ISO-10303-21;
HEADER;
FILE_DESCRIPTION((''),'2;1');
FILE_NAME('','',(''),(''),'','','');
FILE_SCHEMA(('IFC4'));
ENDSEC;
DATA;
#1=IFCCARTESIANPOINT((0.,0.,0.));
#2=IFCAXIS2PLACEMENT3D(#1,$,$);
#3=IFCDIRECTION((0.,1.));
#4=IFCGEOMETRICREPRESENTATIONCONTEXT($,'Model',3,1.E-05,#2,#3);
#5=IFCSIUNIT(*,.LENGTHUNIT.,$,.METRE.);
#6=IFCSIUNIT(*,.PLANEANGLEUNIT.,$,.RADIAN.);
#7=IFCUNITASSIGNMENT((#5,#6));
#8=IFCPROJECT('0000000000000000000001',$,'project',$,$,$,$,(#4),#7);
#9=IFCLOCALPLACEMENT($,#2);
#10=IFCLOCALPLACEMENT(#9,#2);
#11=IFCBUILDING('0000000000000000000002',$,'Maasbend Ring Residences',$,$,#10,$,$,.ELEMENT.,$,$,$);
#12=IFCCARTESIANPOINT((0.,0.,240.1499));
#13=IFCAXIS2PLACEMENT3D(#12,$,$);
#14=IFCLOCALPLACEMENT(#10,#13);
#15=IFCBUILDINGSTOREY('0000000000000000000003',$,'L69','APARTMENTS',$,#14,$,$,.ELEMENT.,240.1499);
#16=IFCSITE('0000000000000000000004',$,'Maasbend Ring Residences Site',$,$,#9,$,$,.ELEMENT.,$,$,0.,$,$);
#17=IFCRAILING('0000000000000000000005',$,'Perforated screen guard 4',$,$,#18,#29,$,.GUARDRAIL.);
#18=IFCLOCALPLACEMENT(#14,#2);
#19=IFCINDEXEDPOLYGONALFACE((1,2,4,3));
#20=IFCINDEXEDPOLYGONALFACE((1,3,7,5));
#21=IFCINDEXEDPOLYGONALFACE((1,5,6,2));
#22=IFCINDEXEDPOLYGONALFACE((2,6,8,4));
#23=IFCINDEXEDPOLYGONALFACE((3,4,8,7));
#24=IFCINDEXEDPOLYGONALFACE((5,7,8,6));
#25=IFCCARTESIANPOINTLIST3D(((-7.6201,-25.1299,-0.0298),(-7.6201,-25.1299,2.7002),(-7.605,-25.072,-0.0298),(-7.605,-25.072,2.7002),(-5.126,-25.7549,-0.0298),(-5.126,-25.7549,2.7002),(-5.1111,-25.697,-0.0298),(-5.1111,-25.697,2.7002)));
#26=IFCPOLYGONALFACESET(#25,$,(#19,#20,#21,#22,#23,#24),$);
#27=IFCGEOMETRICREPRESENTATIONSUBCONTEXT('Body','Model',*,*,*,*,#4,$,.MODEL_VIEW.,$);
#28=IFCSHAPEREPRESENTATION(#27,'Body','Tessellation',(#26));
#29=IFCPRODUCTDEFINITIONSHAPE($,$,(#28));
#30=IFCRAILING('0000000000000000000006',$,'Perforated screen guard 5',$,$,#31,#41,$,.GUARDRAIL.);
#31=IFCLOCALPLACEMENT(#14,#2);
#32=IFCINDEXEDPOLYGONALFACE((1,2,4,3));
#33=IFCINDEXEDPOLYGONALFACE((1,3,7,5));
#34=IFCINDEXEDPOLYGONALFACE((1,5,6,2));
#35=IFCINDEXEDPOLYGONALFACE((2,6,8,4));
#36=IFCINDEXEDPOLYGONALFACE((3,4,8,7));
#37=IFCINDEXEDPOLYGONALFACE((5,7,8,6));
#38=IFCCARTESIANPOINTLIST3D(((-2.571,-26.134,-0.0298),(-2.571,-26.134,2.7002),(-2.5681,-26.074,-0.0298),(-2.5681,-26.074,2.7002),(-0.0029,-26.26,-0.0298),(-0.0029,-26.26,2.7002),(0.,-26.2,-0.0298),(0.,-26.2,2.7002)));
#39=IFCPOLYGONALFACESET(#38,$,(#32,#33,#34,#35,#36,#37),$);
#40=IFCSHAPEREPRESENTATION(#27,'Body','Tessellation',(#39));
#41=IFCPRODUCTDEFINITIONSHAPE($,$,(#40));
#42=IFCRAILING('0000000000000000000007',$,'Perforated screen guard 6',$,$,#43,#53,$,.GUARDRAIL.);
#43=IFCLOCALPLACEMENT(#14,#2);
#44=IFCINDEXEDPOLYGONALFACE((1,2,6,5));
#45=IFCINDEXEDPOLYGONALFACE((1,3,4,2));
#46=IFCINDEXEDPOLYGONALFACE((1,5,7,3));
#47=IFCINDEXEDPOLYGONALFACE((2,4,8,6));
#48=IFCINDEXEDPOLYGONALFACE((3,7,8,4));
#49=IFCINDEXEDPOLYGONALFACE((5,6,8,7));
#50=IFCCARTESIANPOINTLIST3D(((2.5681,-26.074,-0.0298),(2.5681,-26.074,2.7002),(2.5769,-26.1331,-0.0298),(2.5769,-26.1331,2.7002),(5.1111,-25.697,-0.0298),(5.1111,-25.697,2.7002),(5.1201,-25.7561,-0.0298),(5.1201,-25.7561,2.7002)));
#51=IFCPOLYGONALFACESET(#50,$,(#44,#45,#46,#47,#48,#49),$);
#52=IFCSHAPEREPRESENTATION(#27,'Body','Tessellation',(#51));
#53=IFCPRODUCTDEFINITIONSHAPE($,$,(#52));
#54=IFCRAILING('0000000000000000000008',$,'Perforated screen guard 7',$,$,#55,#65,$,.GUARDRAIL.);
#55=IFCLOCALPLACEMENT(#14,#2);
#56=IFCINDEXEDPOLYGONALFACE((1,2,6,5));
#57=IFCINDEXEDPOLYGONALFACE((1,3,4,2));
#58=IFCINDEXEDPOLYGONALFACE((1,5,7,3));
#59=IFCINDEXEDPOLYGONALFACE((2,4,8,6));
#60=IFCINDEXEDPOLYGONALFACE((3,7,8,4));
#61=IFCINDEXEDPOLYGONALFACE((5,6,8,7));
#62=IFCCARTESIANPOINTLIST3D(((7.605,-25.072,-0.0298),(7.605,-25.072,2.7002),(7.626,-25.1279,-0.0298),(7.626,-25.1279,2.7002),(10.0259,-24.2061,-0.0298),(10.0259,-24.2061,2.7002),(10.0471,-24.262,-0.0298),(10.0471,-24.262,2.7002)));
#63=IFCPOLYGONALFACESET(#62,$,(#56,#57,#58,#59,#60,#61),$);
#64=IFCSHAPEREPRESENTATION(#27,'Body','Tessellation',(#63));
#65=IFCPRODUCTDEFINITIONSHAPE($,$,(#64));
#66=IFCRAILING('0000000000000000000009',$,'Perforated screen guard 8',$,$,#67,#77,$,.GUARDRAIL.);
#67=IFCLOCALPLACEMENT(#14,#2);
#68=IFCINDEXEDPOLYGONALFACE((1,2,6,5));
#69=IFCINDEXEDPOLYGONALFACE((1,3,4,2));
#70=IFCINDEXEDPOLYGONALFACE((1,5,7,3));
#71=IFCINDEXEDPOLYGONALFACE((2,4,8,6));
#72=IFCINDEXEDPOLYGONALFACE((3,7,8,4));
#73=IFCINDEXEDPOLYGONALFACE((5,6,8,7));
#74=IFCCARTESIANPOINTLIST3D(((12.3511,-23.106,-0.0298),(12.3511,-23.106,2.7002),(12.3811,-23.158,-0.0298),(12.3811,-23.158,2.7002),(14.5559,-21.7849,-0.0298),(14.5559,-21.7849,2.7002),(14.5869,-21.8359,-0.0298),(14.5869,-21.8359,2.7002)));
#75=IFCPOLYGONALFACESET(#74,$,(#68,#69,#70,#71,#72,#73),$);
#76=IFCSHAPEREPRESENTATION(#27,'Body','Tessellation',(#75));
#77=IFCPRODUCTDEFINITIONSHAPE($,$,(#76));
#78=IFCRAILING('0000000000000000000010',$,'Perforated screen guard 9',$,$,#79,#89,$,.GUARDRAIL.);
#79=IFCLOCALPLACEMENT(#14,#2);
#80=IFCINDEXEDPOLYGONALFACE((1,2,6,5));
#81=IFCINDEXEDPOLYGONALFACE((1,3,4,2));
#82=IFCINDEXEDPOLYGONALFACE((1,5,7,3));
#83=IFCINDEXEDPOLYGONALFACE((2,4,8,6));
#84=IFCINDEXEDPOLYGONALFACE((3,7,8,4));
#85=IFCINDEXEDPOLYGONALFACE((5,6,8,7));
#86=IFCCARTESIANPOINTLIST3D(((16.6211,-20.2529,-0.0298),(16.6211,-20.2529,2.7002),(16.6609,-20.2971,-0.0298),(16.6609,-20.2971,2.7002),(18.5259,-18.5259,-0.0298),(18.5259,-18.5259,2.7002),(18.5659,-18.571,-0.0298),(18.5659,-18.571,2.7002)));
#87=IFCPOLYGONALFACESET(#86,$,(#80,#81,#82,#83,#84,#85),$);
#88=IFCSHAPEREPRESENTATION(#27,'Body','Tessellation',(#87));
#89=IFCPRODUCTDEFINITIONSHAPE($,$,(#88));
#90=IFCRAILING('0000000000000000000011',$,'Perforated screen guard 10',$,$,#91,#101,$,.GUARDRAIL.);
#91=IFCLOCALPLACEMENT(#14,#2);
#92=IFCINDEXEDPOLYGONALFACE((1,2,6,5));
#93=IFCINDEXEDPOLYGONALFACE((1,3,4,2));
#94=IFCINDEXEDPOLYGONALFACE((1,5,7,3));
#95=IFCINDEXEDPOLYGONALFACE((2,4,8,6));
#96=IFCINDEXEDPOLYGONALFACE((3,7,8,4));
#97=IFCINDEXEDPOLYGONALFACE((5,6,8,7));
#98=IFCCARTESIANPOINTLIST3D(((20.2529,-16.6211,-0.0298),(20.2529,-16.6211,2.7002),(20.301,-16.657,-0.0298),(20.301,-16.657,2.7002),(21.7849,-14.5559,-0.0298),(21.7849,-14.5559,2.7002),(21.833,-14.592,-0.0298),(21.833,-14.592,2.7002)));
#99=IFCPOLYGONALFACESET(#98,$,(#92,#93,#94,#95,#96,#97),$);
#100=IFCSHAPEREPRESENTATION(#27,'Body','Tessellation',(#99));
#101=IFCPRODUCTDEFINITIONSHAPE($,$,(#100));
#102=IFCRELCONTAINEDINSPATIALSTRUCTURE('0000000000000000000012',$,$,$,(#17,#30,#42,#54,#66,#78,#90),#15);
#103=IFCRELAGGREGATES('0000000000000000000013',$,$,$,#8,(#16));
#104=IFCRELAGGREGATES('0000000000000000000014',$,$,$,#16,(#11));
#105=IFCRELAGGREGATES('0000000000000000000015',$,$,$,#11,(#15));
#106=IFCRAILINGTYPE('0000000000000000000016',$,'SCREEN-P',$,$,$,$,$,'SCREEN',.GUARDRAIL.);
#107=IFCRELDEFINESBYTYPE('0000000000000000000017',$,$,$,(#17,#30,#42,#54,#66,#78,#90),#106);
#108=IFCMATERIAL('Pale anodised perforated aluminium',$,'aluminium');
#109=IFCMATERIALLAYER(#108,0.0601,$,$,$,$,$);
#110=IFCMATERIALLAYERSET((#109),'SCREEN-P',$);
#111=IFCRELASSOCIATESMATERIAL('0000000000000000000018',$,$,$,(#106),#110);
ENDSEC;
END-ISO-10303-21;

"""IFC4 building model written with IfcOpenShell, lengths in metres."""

from ifc_helpers import new_model, si_unit, direction, frame, origin, place, context, subcontext, project, spatial, polyline, outline, extrude, material, layer, layer_set, type_object, element, save


model = new_model("IFC4")

# Units and contexts
model_context = context("Model", 3, precision=1e-05, world=origin(), true_north=direction((0.0, 1.0)))
body_context = subcontext(model_context, "Body", "Model", "MODEL_VIEW")
ifc_project = project(units=[si_unit("LENGTHUNIT", "METRE"), si_unit("PLANEANGLEUNIT", "RADIAN")], contexts=[model_context])

# Site, building, storey
site_placement = place(None, origin())
site = spatial("IfcSite", under=ifc_project, at=site_placement, Name="Maasbend Ring Residences Site", CompositionType="ELEMENT", RefElevation=0.0)
building_placement = place(site_placement, origin())
building = spatial("IfcBuilding", under=site, at=building_placement, Name="Maasbend Ring Residences", CompositionType="ELEMENT")
storey_placement = place(building_placement, frame((0.0, 0.0, 240.1499)))
storey = spatial("IfcBuildingStorey", under=building, at=storey_placement, Name="L69", Description="APARTMENTS", CompositionType="ELEMENT", Elevation=240.1499)

# Railings
ifc_material_1 = material(Name="Pale anodised perforated aluminium", Category="aluminium")
ifc_layer_1 = layer(ifc_material_1, 0.0601)
ifc_layer_set_1 = layer_set([ifc_layer_1], Name="SCREEN-P")
railing_type = type_object("IfcRailingType", Name="SCREEN-P", ElementType="SCREEN", PredefinedType="GUARDRAIL", material=ifc_layer_set_1)
railing_1_placement = place(storey_placement, frame((0.0, 0.0, -0.0298)))
element("IfcRailing", 1, at=railing_1_placement, inside=storey, type_object=railing_type, Name="Perforated screen guard 4", PredefinedType="GUARDRAIL", context=body_context, shape_type="SweptSolid", body=[
    extrude(outline(polyline([(-7.605, -25.072), (-5.1111, -25.697), (-5.126, -25.7549), (-7.6201, -25.1299), (-7.605, -25.072)])), origin(), (0.0, 0.0, 1.0), 2.73),
])
railing_2_placement = place(storey_placement, frame((0.0, 0.0, -0.0298)))
element("IfcRailing", 2, at=railing_2_placement, inside=storey, type_object=railing_type, Name="Perforated screen guard 5", PredefinedType="GUARDRAIL", context=body_context, shape_type="SweptSolid", body=[
    extrude(outline(polyline([(-2.5681, -26.074), (0.0, -26.2), (-0.0029, -26.26), (-2.571, -26.134), (-2.5681, -26.074)])), origin(), (0.0, 0.0, 1.0), 2.73),
])
railing_3_placement = place(storey_placement, frame((0.0, 0.0, -0.0298)))
element("IfcRailing", 3, at=railing_3_placement, inside=storey, type_object=railing_type, Name="Perforated screen guard 6", PredefinedType="GUARDRAIL", context=body_context, shape_type="SweptSolid", body=[
    extrude(outline(polyline([(2.5681, -26.074), (5.1111, -25.697), (5.1201, -25.7561), (2.5769, -26.1331), (2.5681, -26.074)])), origin(), (0.0, 0.0, 1.0), 2.73),
])
railing_4_placement = place(storey_placement, frame((0.0, 0.0, -0.0298)))
element("IfcRailing", 4, at=railing_4_placement, inside=storey, type_object=railing_type, Name="Perforated screen guard 7", PredefinedType="GUARDRAIL", context=body_context, shape_type="SweptSolid", body=[
    extrude(outline(polyline([(7.605, -25.072), (10.0259, -24.2061), (10.0471, -24.262), (7.626, -25.1279), (7.605, -25.072)])), origin(), (0.0, 0.0, 1.0), 2.73),
])
railing_5_placement = place(storey_placement, frame((0.0, 0.0, -0.0298)))
element("IfcRailing", 5, at=railing_5_placement, inside=storey, type_object=railing_type, Name="Perforated screen guard 8", PredefinedType="GUARDRAIL", context=body_context, shape_type="SweptSolid", body=[
    extrude(outline(polyline([(12.3511, -23.106), (14.5559, -21.7849), (14.5869, -21.8359), (12.3811, -23.158), (12.3511, -23.106)])), origin(), (0.0, 0.0, 1.0), 2.73),
])
railing_6_placement = place(storey_placement, frame((0.0, 0.0, -0.0298)))
element("IfcRailing", 6, at=railing_6_placement, inside=storey, type_object=railing_type, Name="Perforated screen guard 9", PredefinedType="GUARDRAIL", context=body_context, shape_type="SweptSolid", body=[
    extrude(outline(polyline([(16.6211, -20.2529), (18.5259, -18.5259), (18.5659, -18.571), (16.6609, -20.2971), (16.6211, -20.2529)])), origin(), (0.0, 0.0, 1.0), 2.73),
])
railing_7_placement = place(storey_placement, frame((0.0, 0.0, -0.0298)))
element("IfcRailing", 7, at=railing_7_placement, inside=storey, type_object=railing_type, Name="Perforated screen guard 10", PredefinedType="GUARDRAIL", context=body_context, shape_type="SweptSolid", body=[
    extrude(outline(polyline([(20.2529, -16.6211), (21.7849, -14.5559), (21.833, -14.592), (20.301, -16.657), (20.2529, -16.6211)])), origin(), (0.0, 0.0, 1.0), 2.73),
])

save(model, "model.ifc")
